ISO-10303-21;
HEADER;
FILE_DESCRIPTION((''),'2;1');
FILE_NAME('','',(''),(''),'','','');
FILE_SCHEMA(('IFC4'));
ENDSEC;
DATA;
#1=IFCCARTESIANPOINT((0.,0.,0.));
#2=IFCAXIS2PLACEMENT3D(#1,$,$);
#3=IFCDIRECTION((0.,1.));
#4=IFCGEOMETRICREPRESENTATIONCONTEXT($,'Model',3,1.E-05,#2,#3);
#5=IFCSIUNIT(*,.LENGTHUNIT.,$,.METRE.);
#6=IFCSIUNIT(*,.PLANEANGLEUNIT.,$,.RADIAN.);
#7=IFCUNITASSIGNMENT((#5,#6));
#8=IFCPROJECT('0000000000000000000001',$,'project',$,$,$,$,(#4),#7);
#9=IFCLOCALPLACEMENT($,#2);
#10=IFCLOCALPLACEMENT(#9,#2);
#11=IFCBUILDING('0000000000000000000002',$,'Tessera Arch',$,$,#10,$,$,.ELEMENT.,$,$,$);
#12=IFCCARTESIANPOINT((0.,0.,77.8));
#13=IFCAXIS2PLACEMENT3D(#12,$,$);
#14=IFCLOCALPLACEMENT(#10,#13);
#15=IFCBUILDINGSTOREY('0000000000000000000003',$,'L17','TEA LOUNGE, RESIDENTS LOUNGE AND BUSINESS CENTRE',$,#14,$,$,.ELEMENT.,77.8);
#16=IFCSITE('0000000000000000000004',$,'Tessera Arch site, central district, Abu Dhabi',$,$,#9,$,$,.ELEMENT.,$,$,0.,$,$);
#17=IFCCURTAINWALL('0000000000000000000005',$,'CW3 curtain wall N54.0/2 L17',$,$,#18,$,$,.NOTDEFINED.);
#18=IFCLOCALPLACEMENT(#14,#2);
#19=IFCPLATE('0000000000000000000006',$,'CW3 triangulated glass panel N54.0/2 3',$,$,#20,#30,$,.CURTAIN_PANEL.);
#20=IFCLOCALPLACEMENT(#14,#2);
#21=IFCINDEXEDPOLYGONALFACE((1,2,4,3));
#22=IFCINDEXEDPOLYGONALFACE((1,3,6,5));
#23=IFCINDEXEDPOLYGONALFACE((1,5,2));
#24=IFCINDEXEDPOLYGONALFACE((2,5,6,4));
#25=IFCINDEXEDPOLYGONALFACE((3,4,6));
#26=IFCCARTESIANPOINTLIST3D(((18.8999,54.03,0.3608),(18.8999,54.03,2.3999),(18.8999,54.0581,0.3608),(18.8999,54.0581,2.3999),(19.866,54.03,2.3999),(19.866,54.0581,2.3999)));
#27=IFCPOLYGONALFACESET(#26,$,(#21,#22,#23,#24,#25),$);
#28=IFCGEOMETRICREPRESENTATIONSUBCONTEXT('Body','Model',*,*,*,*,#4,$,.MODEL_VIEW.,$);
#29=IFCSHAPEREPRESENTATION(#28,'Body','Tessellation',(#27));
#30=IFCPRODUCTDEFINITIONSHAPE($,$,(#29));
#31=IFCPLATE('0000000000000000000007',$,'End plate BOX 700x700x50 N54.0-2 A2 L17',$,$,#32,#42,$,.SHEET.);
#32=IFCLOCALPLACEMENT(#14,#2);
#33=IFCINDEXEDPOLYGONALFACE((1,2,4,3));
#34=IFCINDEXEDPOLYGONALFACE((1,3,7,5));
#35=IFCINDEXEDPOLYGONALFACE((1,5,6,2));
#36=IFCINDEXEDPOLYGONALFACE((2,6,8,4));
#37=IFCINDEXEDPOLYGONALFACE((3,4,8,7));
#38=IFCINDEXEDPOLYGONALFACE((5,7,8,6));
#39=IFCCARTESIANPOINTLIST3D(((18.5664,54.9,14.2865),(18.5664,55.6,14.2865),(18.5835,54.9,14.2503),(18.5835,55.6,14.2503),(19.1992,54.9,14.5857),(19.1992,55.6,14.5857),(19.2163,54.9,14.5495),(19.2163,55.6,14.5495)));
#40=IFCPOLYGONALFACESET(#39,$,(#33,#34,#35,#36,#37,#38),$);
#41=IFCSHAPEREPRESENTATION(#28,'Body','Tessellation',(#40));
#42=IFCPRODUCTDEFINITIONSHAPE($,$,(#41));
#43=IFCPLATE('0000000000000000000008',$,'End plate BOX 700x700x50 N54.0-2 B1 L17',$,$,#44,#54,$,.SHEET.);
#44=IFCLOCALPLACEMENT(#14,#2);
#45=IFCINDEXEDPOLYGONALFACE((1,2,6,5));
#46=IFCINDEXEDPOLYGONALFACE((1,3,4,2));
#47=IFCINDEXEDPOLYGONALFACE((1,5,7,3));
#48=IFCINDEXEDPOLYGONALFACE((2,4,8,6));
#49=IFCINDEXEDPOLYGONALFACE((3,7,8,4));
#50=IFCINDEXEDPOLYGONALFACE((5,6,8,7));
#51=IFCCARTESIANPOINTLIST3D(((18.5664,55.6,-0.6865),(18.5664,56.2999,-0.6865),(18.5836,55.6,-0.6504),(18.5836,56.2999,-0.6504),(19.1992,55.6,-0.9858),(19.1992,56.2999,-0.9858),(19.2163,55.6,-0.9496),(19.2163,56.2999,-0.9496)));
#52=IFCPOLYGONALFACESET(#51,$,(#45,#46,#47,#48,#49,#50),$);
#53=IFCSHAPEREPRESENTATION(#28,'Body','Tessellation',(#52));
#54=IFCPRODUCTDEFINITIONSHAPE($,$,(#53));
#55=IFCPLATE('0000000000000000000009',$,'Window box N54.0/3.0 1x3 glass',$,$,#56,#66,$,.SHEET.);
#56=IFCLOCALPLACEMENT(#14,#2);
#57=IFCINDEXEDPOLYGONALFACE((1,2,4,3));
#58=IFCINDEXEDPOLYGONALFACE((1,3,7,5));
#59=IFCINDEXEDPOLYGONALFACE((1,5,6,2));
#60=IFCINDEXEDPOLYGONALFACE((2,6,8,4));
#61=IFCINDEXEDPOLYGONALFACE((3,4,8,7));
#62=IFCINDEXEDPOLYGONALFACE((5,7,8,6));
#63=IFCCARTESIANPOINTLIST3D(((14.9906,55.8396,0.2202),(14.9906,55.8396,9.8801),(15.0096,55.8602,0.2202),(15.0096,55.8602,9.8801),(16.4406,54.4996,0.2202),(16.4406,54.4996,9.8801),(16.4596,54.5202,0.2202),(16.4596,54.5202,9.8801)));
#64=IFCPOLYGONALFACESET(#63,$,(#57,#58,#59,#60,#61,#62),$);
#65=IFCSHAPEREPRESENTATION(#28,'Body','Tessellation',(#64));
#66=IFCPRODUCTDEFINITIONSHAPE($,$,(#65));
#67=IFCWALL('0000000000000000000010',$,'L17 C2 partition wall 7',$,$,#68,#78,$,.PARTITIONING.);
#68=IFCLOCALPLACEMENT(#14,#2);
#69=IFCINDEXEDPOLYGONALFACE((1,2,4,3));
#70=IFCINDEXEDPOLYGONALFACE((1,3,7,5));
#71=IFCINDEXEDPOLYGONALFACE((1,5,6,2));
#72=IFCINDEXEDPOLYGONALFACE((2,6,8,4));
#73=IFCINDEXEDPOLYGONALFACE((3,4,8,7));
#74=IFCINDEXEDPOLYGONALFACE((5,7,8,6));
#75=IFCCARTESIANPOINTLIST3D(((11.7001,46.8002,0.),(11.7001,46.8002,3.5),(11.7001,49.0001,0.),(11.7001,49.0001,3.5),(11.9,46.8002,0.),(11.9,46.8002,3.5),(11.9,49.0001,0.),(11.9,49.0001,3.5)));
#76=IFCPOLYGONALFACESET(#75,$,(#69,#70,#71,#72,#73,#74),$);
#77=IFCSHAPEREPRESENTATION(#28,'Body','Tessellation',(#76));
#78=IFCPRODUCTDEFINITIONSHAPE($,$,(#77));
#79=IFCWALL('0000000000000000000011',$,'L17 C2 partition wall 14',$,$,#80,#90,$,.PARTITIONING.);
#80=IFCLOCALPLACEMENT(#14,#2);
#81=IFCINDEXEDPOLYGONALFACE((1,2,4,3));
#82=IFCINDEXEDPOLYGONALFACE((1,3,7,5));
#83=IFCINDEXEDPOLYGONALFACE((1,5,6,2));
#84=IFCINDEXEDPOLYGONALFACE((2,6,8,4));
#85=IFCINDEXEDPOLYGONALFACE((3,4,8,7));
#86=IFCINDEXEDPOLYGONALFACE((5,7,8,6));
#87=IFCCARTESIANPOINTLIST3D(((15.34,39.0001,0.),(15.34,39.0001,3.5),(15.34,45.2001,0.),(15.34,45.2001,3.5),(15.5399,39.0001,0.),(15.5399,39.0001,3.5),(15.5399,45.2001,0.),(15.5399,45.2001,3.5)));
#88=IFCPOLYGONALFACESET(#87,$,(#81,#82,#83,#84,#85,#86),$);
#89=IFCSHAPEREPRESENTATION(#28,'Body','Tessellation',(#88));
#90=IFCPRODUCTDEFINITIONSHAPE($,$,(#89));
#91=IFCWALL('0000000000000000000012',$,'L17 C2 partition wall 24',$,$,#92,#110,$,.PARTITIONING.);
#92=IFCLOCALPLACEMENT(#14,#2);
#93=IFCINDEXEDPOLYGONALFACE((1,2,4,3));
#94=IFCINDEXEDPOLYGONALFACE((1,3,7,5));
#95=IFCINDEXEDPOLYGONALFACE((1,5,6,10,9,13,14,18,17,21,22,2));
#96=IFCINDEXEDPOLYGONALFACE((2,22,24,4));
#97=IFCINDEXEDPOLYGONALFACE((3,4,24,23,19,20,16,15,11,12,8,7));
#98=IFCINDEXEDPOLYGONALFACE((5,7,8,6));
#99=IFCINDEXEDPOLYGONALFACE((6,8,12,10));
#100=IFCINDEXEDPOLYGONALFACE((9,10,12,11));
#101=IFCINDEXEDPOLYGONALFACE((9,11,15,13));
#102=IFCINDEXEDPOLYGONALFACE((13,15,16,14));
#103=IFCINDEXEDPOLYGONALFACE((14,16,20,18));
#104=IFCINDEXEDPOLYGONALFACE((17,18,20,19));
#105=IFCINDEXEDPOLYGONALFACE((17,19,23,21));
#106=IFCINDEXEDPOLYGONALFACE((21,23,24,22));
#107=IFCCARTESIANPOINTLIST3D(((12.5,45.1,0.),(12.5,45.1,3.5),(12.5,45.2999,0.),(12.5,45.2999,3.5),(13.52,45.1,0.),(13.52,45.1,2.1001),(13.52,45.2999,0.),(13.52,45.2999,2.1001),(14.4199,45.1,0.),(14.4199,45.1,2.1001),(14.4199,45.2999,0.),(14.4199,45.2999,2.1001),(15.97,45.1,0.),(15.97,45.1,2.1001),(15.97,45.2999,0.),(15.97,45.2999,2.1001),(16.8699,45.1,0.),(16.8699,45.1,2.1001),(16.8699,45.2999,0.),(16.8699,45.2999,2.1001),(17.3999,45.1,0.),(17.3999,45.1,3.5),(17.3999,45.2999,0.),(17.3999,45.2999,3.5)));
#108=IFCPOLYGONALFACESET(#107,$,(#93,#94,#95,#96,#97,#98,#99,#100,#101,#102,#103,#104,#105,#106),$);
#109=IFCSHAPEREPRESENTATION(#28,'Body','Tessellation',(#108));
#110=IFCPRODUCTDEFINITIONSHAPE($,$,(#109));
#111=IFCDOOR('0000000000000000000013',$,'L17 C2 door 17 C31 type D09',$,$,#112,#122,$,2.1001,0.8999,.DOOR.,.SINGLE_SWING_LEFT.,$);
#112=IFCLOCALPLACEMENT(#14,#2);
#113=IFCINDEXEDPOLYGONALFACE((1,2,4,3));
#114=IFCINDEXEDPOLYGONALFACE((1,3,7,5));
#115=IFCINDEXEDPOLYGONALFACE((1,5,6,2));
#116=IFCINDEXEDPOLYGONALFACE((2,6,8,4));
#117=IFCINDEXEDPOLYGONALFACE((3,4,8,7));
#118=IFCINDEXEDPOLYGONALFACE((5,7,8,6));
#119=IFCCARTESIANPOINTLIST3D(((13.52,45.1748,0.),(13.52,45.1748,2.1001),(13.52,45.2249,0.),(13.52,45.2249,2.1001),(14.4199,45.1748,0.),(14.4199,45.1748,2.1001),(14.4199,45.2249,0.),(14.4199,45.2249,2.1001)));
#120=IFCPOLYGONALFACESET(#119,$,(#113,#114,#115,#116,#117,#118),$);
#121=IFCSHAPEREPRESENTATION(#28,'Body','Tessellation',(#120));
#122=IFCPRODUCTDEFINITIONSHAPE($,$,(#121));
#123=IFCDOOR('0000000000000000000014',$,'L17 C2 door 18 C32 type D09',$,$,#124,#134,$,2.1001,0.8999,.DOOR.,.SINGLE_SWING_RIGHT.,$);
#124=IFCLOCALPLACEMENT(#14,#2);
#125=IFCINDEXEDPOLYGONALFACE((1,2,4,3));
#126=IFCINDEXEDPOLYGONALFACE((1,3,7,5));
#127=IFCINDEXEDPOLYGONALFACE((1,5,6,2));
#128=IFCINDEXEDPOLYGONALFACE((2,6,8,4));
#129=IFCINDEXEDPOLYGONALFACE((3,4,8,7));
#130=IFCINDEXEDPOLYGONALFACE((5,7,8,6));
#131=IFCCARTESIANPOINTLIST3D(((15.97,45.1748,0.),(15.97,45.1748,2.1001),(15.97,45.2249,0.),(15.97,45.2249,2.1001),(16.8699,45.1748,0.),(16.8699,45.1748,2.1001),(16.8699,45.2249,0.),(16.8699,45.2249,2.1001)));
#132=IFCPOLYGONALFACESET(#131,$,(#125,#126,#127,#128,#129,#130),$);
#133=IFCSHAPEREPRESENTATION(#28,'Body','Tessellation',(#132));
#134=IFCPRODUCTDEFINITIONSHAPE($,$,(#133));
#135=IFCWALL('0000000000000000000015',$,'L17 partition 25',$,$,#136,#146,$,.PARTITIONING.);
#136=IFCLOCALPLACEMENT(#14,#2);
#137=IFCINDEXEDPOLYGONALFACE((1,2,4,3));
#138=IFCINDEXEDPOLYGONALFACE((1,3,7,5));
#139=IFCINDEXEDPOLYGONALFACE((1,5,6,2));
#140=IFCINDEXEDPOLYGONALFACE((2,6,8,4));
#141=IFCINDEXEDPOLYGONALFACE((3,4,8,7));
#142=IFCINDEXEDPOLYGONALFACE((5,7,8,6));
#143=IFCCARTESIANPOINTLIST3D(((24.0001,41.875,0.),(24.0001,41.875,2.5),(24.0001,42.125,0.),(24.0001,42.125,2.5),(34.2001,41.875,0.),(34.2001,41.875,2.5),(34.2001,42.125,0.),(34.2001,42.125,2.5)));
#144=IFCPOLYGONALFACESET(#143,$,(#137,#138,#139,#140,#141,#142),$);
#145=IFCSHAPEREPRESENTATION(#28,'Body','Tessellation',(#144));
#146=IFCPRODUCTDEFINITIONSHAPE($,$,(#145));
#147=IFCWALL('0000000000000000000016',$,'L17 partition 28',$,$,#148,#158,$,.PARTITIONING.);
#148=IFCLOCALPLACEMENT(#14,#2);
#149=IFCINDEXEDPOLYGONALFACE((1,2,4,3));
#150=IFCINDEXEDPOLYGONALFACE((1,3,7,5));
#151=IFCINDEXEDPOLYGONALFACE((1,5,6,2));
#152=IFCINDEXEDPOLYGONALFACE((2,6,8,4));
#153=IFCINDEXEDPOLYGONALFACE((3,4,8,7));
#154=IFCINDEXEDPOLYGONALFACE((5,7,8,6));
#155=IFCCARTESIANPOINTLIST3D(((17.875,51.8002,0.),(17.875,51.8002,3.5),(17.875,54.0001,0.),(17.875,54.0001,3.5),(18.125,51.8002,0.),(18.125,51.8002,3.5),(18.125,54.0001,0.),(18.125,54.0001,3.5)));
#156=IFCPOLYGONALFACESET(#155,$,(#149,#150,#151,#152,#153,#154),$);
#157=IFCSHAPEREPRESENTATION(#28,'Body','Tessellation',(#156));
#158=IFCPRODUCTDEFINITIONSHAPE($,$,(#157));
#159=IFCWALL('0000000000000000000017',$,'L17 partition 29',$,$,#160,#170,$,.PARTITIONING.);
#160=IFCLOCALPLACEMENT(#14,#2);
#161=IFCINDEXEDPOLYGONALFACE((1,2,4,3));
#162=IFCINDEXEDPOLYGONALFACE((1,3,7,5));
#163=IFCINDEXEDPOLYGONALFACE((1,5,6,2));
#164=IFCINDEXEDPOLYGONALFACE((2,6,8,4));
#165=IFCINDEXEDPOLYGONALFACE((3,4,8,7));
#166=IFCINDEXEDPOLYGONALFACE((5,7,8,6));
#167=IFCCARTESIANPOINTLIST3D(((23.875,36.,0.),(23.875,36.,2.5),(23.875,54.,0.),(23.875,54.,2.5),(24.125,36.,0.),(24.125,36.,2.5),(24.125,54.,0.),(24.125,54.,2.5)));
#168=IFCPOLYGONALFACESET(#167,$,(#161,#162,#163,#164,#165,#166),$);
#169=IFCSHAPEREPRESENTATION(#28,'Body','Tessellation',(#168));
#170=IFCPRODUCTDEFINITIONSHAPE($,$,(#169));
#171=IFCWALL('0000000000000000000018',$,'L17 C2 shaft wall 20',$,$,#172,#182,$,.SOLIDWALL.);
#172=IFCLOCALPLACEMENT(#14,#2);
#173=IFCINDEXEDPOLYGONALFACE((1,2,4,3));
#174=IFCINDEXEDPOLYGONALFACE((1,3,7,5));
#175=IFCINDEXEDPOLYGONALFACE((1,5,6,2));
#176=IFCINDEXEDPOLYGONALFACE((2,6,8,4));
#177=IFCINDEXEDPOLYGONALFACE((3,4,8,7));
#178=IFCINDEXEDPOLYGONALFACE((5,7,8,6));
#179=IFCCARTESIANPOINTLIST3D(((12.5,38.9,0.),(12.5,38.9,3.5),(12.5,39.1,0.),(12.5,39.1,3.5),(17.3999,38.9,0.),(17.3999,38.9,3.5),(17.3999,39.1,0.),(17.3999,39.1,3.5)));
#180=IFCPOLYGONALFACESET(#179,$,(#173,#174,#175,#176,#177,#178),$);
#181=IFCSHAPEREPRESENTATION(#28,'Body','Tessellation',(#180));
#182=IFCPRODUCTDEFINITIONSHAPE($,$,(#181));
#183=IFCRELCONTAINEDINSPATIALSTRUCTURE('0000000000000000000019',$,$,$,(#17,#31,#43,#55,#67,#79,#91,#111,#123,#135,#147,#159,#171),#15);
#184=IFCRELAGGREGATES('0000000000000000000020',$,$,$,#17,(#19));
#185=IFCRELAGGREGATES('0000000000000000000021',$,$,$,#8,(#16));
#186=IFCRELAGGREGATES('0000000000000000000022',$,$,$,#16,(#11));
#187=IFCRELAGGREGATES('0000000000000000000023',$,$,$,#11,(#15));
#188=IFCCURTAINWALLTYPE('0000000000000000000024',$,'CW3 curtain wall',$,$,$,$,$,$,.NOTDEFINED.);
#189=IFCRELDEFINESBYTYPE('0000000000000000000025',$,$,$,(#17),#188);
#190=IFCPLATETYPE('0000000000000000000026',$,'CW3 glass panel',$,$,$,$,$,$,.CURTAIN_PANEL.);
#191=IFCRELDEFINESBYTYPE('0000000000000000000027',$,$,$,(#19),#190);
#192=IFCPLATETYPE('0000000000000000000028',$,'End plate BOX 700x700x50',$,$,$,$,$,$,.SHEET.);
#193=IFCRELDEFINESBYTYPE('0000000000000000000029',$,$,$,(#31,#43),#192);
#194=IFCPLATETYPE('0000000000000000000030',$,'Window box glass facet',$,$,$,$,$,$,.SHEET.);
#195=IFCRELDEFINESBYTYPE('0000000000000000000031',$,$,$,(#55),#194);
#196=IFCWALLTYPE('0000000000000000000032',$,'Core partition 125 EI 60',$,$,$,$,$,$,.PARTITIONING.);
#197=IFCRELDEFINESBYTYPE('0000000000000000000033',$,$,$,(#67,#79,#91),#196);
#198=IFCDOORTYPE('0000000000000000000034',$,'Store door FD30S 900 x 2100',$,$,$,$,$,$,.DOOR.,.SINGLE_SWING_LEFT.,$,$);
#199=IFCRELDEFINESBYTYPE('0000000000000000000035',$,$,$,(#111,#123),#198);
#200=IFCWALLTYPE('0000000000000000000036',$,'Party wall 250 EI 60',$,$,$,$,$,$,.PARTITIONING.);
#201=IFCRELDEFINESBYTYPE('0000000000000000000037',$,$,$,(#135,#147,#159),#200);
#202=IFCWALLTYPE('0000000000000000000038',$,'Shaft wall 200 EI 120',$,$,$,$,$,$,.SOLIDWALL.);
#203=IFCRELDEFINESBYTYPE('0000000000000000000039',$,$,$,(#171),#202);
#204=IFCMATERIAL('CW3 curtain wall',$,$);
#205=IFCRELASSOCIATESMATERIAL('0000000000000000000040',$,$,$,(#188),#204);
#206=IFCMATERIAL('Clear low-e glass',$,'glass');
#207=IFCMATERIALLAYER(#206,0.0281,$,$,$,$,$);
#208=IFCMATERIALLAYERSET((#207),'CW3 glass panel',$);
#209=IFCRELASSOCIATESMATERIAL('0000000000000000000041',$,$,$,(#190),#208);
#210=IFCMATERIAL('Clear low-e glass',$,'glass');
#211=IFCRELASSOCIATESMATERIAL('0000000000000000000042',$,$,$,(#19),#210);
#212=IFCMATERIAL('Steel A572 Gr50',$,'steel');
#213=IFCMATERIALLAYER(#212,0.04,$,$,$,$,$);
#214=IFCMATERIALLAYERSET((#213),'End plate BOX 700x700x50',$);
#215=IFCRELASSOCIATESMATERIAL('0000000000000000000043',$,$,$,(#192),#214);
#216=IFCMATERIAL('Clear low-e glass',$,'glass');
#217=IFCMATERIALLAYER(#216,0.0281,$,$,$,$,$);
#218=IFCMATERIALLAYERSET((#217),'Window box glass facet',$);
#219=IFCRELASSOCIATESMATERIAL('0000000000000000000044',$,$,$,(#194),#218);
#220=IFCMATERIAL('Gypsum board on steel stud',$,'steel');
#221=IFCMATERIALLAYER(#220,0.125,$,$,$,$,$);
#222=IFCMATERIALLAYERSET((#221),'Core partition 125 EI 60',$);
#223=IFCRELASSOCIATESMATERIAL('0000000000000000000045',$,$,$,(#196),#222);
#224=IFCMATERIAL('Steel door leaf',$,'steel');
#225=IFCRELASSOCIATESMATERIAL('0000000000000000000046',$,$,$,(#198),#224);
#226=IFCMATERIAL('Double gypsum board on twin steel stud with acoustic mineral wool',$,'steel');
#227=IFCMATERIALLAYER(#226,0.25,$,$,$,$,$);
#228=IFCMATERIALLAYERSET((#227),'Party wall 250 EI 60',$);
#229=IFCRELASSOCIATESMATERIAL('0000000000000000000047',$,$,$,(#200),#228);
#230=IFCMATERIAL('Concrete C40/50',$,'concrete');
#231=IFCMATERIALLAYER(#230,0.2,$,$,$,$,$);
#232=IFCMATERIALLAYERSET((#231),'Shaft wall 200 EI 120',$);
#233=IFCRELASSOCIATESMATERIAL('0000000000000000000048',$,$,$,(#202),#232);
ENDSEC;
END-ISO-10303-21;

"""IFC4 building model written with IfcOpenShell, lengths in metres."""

from ifc_helpers import new_model, si_unit, direction, frame, frame_2d, origin, origin_2d, place, context, subcontext, project, spatial, polyline, rectangle, outline, extrude, material, layer, layer_set, type_object, element, fill, aggregate, save


model = new_model("IFC4")

# Units and contexts
model_context = context("Model", 3, precision=1e-05, world=origin(), true_north=direction((0.0, 1.0)))
body_context = subcontext(model_context, "Body", "Model", "MODEL_VIEW")
ifc_project = project(units=[si_unit("LENGTHUNIT", "METRE"), si_unit("PLANEANGLEUNIT", "RADIAN")], contexts=[model_context])

# Site, building, storey
site_placement = place(None, origin())
site = spatial("IfcSite", under=ifc_project, at=site_placement, Name="Tessera Arch site, central district, Abu Dhabi", CompositionType="ELEMENT", RefElevation=0.0)
building_placement = place(site_placement, origin())
building = spatial("IfcBuilding", under=site, at=building_placement, Name="Tessera Arch", CompositionType="ELEMENT")
storey_placement = place(building_placement, frame((0.0, 0.0, 77.8)))
storey = spatial("IfcBuildingStorey", under=building, at=storey_placement, Name="L17", Description="TEA LOUNGE, RESIDENTS LOUNGE AND BUSINESS CENTRE", CompositionType="ELEMENT", Elevation=77.8)

# Shared definitions
ifc_material_1 = material(Name="Clear low-e glass", Category="glass")

# Curtain wall, plate
ifc_material_2 = material(Name="CW3 curtain wall")
curtain_wall_type_1 = type_object("IfcCurtainWallType", Name="CW3 curtain wall", PredefinedType="NOTDEFINED", material=ifc_material_2)
curtain_wall_1_placement = place(storey_placement, origin())
curtain_wall_1 = element("IfcCurtainWall", 1, at=curtain_wall_1_placement, inside=storey, type_object=curtain_wall_type_1, Name="CW3 curtain wall N54.0/2 L17", PredefinedType="NOTDEFINED")
ifc_material_3 = material(Name="Clear low-e glass", Category="glass")
ifc_layer_1 = layer(ifc_material_3, 0.0281)
ifc_layer_set_1 = layer_set([ifc_layer_1], Name="CW3 glass panel")
plate_type_1 = type_object("IfcPlateType", Name="CW3 glass panel", PredefinedType="CURTAIN_PANEL", material=ifc_layer_set_1)
plate_1_placement = place(storey_placement, frame((18.8999, 54.0581, 2.3999), z_axis=(0.0, 1.0, 0.0), x_axis=(1.0, 0.0, 0.0)))
plate_1 = element("IfcPlate", 2, at=plate_1_placement, type_object=plate_type_1, material=ifc_material_1, Name="CW3 triangulated glass panel N54.0/2 3", PredefinedType="CURTAIN_PANEL", context=body_context, shape_type="SweptSolid", body=[
    extrude(outline(polyline([(0.0, 0.0), (0.9661, 0.0), (0.0, 2.0391), (0.0, 0.0)])), origin(), (0.0, 0.0, -1.0), 0.0281),
])
aggregate(curtain_wall_1, [plate_1])

# Plates
ifc_material_4 = material(Name="Steel A572 Gr50", Category="steel")
ifc_layer_2 = layer(ifc_material_4, 0.04)
ifc_layer_set_2 = layer_set([ifc_layer_2], Name="End plate BOX 700x700x50")
plate_type_2 = type_object("IfcPlateType", Name="End plate BOX 700x700x50", PredefinedType="SHEET", material=ifc_layer_set_2)
for number, where, z_axis, x_axis, name in (
    (3, (18.8999, 55.25, 14.3999), (-0.427561, 0.0, 0.903986), (0.0, -1.0, 0.0), "End plate BOX 700x700x50 N54.0-2 A2 L17"),
    (4, (18.8828, 55.95, -0.8362), (0.427561, 0.0, 0.903986), (0.0, 1.0, 0.0), "End plate BOX 700x700x50 N54.0-2 B1 L17"),
):
    element("IfcPlate", number, at=place(storey_placement, frame(where, z_axis=z_axis, x_axis=x_axis)), inside=storey, type_object=plate_type_2, Name=name, PredefinedType="SHEET", context=body_context, shape_type="SweptSolid", body=[
        extrude(rectangle(XDim=0.7, YDim=0.7, at=origin_2d()), origin(), (0.0, 0.0, 1.0), 0.04),
    ])
ifc_material_5 = material(Name="Clear low-e glass", Category="glass")
ifc_layer_3 = layer(ifc_material_5, 0.0281)
ifc_layer_set_3 = layer_set([ifc_layer_3], Name="Window box glass facet")
plate_type_3 = type_object("IfcPlateType", Name="Window box glass facet", PredefinedType="SHEET", material=ifc_layer_set_3)
plate_2_placement = place(storey_placement, frame((15.7251, 55.1799, 0.2202), z_axis=(0.0, 0.0, 1.0), x_axis=(-0.734415, 0.678701, 0.0)))
element("IfcPlate", 5, at=plate_2_placement, inside=storey, type_object=plate_type_3, Name="Window box N54.0/3.0 1x3 glass", PredefinedType="SHEET", context=body_context, shape_type="SweptSolid", body=[
    extrude(rectangle(XDim=1.9744, YDim=0.0281, at=origin_2d()), origin(), (0.0, 0.0, 1.0), 9.6599),
])

# Walls
ifc_material_6 = material(Name="Gypsum board on steel stud", Category="steel")
ifc_layer_4 = layer(ifc_material_6, 0.125)
ifc_layer_set_4 = layer_set([ifc_layer_4], Name="Core partition 125 EI 60")
wall_type_1 = type_object("IfcWallType", Name="Core partition 125 EI 60", PredefinedType="PARTITIONING", material=ifc_layer_set_4)
wall_1_placement = place(storey_placement, frame((11.8, 46.8, 0.0), z_axis=(0.0, 0.0, 1.0), x_axis=(0.0, 1.0, 0.0)))
element("IfcWall", 6, at=wall_1_placement, inside=storey, type_object=wall_type_1, Name="L17 C2 partition wall 7", PredefinedType="PARTITIONING", context=body_context, shape_type="SweptSolid", body=[
    extrude(rectangle(XDim=2.2, YDim=0.2, at=frame_2d((1.1001, 0.0))), origin(), (0.0, 0.0, 1.0), 3.5),
])
wall_2_placement = place(storey_placement, frame((15.4399, 39.0, 0.0), z_axis=(0.0, 0.0, 1.0), x_axis=(0.0, 1.0, 0.0)))
element("IfcWall", 7, at=wall_2_placement, inside=storey, type_object=wall_type_1, Name="L17 C2 partition wall 14", PredefinedType="PARTITIONING", context=body_context, shape_type="SweptSolid", body=[
    extrude(rectangle(XDim=6.2, YDim=0.2, at=frame_2d((3.1001, 0.0))), origin(), (0.0, 0.0, 1.0), 3.5),
])

# Wall, openings, doors
wall_3_placement = place(storey_placement, frame((12.5, 45.2, 0.0), z_axis=(0.0, 0.0, 1.0), x_axis=(1.0, 0.0, 0.0)))
wall_3 = element("IfcWall", 8, at=wall_3_placement, inside=storey, type_object=wall_type_1, Name="L17 C2 partition wall 24", PredefinedType="PARTITIONING", context=body_context, shape_type="SweptSolid", body=[
    extrude(rectangle(XDim=4.8999, YDim=0.2, at=frame_2d((2.45, 0.0))), origin(), (0.0, 0.0, 1.0), 3.5),
])
opening_1_placement = place(wall_3_placement, frame((1.02, 0.0, 0.0)))
opening_1 = element("IfcOpeningElement", 9, at=opening_1_placement, cuts=wall_3, PredefinedType="OPENING", context=body_context, shape_type="SweptSolid", body=[
    extrude(rectangle(XDim=0.8999, YDim=2.1001, at=frame_2d((0.45, 1.05))), frame((0.0, 0.1099, 0.0), z_axis=(0.0, -1.0, 0.0), x_axis=(1.0, 0.0, 0.0)), (0.0, 0.0, 1.0), 0.22),
])
opening_2_placement = place(wall_3_placement, frame((3.47, 0.0, 0.0)))
opening_2 = element("IfcOpeningElement", 10, at=opening_2_placement, cuts=wall_3, PredefinedType="OPENING", context=body_context, shape_type="SweptSolid", body=[
    extrude(rectangle(XDim=0.8999, YDim=2.1001, at=frame_2d((0.45, 1.05))), frame((0.0, 0.1099, 0.0), z_axis=(0.0, -1.0, 0.0), x_axis=(1.0, 0.0, 0.0)), (0.0, 0.0, 1.0), 0.22),
])
ifc_material_7 = material(Name="Steel door leaf", Category="steel")
door_type = type_object("IfcDoorType", Name="Store door FD30S 900 x 2100", OperationType="SINGLE_SWING_LEFT", PredefinedType="DOOR", material=ifc_material_7)
door_1_placement = place(opening_1_placement, origin())
door_1 = element("IfcDoor", 11, at=door_1_placement, inside=storey, type_object=door_type, Name="L17 C2 door 17 C31 type D09", OperationType="SINGLE_SWING_LEFT", OverallHeight=2.1001, OverallWidth=0.8999, PredefinedType="DOOR", context=body_context, shape_type="SweptSolid", body=[
    extrude(rectangle(XDim=0.8999, YDim=2.1001, at=frame_2d((0.45, 1.05))), frame((0.0, 0.0249, 0.0), z_axis=(0.0, -1.0, 0.0), x_axis=(1.0, 0.0, 0.0)), (0.0, 0.0, 1.0), 0.05),
])
fill(opening_1, door_1)
door_2_placement = place(opening_2_placement, origin())
door_2 = element("IfcDoor", 12, at=door_2_placement, inside=storey, type_object=door_type, Name="L17 C2 door 18 C32 type D09", OperationType="SINGLE_SWING_RIGHT", OverallHeight=2.1001, OverallWidth=0.8999, PredefinedType="DOOR", context=body_context, shape_type="SweptSolid", body=[
    extrude(rectangle(XDim=0.8999, YDim=2.1001, at=frame_2d((0.45, 1.05))), frame((0.0, 0.0249, 0.0), z_axis=(0.0, -1.0, 0.0), x_axis=(1.0, 0.0, 0.0)), (0.0, 0.0, 1.0), 0.05),
])
fill(opening_2, door_2)

# Walls
ifc_material_8 = material(Name="Double gypsum board on twin steel stud with acoustic mineral wool", Category="steel")
ifc_layer_5 = layer(ifc_material_8, 0.25)
ifc_layer_set_5 = layer_set([ifc_layer_5], Name="Party wall 250 EI 60")
wall_type_2 = type_object("IfcWallType", Name="Party wall 250 EI 60", PredefinedType="PARTITIONING", material=ifc_layer_set_5)
wall_4_placement = place(storey_placement, frame((24.0, 42.0, 0.0), z_axis=(0.0, 0.0, 1.0), x_axis=(1.0, 0.0, 0.0)))
element("IfcWall", 13, at=wall_4_placement, inside=storey, type_object=wall_type_2, Name="L17 partition 25", PredefinedType="PARTITIONING", context=body_context, shape_type="SweptSolid", body=[
    extrude(rectangle(XDim=10.2, YDim=0.25, at=frame_2d((5.1001, 0.0))), origin(), (0.0, 0.0, 1.0), 2.5),
])
wall_5_placement = place(storey_placement, frame((18.0, 51.8, 0.0), z_axis=(0.0, 0.0, 1.0), x_axis=(0.0, 1.0, 0.0)))
element("IfcWall", 14, at=wall_5_placement, inside=storey, type_object=wall_type_2, Name="L17 partition 28", PredefinedType="PARTITIONING", context=body_context, shape_type="SweptSolid", body=[
    extrude(rectangle(XDim=2.2, YDim=0.25, at=frame_2d((1.1001, 0.0))), origin(), (0.0, 0.0, 1.0), 3.5),
])
wall_6_placement = place(storey_placement, frame((24.0, 36.0, 0.0), z_axis=(0.0, 0.0, 1.0), x_axis=(0.0, 1.0, 0.0)))
element("IfcWall", 15, at=wall_6_placement, inside=storey, type_object=wall_type_2, Name="L17 partition 29", PredefinedType="PARTITIONING", context=body_context, shape_type="SweptSolid", body=[
    extrude(rectangle(XDim=18.0, YDim=0.25, at=frame_2d((9.0, 0.0))), origin(), (0.0, 0.0, 1.0), 2.5),
])
ifc_material_9 = material(Name="Concrete C40/50", Category="concrete")
ifc_layer_6 = layer(ifc_material_9, 0.2)
ifc_layer_set_6 = layer_set([ifc_layer_6], Name="Shaft wall 200 EI 120")
wall_type_3 = type_object("IfcWallType", Name="Shaft wall 200 EI 120", PredefinedType="SOLIDWALL", material=ifc_layer_set_6)
wall_7_placement = place(storey_placement, frame((12.5, 39.0, 0.0), z_axis=(0.0, 0.0, 1.0), x_axis=(1.0, 0.0, 0.0)))
element("IfcWall", 16, at=wall_7_placement, inside=storey, type_object=wall_type_3, Name="L17 C2 shaft wall 20", PredefinedType="SOLIDWALL", context=body_context, shape_type="SweptSolid", body=[
    extrude(rectangle(XDim=4.8999, YDim=0.2, at=frame_2d((2.45, 0.0))), origin(), (0.0, 0.0, 1.0), 3.5),
])

save(model, "model.ifc")
